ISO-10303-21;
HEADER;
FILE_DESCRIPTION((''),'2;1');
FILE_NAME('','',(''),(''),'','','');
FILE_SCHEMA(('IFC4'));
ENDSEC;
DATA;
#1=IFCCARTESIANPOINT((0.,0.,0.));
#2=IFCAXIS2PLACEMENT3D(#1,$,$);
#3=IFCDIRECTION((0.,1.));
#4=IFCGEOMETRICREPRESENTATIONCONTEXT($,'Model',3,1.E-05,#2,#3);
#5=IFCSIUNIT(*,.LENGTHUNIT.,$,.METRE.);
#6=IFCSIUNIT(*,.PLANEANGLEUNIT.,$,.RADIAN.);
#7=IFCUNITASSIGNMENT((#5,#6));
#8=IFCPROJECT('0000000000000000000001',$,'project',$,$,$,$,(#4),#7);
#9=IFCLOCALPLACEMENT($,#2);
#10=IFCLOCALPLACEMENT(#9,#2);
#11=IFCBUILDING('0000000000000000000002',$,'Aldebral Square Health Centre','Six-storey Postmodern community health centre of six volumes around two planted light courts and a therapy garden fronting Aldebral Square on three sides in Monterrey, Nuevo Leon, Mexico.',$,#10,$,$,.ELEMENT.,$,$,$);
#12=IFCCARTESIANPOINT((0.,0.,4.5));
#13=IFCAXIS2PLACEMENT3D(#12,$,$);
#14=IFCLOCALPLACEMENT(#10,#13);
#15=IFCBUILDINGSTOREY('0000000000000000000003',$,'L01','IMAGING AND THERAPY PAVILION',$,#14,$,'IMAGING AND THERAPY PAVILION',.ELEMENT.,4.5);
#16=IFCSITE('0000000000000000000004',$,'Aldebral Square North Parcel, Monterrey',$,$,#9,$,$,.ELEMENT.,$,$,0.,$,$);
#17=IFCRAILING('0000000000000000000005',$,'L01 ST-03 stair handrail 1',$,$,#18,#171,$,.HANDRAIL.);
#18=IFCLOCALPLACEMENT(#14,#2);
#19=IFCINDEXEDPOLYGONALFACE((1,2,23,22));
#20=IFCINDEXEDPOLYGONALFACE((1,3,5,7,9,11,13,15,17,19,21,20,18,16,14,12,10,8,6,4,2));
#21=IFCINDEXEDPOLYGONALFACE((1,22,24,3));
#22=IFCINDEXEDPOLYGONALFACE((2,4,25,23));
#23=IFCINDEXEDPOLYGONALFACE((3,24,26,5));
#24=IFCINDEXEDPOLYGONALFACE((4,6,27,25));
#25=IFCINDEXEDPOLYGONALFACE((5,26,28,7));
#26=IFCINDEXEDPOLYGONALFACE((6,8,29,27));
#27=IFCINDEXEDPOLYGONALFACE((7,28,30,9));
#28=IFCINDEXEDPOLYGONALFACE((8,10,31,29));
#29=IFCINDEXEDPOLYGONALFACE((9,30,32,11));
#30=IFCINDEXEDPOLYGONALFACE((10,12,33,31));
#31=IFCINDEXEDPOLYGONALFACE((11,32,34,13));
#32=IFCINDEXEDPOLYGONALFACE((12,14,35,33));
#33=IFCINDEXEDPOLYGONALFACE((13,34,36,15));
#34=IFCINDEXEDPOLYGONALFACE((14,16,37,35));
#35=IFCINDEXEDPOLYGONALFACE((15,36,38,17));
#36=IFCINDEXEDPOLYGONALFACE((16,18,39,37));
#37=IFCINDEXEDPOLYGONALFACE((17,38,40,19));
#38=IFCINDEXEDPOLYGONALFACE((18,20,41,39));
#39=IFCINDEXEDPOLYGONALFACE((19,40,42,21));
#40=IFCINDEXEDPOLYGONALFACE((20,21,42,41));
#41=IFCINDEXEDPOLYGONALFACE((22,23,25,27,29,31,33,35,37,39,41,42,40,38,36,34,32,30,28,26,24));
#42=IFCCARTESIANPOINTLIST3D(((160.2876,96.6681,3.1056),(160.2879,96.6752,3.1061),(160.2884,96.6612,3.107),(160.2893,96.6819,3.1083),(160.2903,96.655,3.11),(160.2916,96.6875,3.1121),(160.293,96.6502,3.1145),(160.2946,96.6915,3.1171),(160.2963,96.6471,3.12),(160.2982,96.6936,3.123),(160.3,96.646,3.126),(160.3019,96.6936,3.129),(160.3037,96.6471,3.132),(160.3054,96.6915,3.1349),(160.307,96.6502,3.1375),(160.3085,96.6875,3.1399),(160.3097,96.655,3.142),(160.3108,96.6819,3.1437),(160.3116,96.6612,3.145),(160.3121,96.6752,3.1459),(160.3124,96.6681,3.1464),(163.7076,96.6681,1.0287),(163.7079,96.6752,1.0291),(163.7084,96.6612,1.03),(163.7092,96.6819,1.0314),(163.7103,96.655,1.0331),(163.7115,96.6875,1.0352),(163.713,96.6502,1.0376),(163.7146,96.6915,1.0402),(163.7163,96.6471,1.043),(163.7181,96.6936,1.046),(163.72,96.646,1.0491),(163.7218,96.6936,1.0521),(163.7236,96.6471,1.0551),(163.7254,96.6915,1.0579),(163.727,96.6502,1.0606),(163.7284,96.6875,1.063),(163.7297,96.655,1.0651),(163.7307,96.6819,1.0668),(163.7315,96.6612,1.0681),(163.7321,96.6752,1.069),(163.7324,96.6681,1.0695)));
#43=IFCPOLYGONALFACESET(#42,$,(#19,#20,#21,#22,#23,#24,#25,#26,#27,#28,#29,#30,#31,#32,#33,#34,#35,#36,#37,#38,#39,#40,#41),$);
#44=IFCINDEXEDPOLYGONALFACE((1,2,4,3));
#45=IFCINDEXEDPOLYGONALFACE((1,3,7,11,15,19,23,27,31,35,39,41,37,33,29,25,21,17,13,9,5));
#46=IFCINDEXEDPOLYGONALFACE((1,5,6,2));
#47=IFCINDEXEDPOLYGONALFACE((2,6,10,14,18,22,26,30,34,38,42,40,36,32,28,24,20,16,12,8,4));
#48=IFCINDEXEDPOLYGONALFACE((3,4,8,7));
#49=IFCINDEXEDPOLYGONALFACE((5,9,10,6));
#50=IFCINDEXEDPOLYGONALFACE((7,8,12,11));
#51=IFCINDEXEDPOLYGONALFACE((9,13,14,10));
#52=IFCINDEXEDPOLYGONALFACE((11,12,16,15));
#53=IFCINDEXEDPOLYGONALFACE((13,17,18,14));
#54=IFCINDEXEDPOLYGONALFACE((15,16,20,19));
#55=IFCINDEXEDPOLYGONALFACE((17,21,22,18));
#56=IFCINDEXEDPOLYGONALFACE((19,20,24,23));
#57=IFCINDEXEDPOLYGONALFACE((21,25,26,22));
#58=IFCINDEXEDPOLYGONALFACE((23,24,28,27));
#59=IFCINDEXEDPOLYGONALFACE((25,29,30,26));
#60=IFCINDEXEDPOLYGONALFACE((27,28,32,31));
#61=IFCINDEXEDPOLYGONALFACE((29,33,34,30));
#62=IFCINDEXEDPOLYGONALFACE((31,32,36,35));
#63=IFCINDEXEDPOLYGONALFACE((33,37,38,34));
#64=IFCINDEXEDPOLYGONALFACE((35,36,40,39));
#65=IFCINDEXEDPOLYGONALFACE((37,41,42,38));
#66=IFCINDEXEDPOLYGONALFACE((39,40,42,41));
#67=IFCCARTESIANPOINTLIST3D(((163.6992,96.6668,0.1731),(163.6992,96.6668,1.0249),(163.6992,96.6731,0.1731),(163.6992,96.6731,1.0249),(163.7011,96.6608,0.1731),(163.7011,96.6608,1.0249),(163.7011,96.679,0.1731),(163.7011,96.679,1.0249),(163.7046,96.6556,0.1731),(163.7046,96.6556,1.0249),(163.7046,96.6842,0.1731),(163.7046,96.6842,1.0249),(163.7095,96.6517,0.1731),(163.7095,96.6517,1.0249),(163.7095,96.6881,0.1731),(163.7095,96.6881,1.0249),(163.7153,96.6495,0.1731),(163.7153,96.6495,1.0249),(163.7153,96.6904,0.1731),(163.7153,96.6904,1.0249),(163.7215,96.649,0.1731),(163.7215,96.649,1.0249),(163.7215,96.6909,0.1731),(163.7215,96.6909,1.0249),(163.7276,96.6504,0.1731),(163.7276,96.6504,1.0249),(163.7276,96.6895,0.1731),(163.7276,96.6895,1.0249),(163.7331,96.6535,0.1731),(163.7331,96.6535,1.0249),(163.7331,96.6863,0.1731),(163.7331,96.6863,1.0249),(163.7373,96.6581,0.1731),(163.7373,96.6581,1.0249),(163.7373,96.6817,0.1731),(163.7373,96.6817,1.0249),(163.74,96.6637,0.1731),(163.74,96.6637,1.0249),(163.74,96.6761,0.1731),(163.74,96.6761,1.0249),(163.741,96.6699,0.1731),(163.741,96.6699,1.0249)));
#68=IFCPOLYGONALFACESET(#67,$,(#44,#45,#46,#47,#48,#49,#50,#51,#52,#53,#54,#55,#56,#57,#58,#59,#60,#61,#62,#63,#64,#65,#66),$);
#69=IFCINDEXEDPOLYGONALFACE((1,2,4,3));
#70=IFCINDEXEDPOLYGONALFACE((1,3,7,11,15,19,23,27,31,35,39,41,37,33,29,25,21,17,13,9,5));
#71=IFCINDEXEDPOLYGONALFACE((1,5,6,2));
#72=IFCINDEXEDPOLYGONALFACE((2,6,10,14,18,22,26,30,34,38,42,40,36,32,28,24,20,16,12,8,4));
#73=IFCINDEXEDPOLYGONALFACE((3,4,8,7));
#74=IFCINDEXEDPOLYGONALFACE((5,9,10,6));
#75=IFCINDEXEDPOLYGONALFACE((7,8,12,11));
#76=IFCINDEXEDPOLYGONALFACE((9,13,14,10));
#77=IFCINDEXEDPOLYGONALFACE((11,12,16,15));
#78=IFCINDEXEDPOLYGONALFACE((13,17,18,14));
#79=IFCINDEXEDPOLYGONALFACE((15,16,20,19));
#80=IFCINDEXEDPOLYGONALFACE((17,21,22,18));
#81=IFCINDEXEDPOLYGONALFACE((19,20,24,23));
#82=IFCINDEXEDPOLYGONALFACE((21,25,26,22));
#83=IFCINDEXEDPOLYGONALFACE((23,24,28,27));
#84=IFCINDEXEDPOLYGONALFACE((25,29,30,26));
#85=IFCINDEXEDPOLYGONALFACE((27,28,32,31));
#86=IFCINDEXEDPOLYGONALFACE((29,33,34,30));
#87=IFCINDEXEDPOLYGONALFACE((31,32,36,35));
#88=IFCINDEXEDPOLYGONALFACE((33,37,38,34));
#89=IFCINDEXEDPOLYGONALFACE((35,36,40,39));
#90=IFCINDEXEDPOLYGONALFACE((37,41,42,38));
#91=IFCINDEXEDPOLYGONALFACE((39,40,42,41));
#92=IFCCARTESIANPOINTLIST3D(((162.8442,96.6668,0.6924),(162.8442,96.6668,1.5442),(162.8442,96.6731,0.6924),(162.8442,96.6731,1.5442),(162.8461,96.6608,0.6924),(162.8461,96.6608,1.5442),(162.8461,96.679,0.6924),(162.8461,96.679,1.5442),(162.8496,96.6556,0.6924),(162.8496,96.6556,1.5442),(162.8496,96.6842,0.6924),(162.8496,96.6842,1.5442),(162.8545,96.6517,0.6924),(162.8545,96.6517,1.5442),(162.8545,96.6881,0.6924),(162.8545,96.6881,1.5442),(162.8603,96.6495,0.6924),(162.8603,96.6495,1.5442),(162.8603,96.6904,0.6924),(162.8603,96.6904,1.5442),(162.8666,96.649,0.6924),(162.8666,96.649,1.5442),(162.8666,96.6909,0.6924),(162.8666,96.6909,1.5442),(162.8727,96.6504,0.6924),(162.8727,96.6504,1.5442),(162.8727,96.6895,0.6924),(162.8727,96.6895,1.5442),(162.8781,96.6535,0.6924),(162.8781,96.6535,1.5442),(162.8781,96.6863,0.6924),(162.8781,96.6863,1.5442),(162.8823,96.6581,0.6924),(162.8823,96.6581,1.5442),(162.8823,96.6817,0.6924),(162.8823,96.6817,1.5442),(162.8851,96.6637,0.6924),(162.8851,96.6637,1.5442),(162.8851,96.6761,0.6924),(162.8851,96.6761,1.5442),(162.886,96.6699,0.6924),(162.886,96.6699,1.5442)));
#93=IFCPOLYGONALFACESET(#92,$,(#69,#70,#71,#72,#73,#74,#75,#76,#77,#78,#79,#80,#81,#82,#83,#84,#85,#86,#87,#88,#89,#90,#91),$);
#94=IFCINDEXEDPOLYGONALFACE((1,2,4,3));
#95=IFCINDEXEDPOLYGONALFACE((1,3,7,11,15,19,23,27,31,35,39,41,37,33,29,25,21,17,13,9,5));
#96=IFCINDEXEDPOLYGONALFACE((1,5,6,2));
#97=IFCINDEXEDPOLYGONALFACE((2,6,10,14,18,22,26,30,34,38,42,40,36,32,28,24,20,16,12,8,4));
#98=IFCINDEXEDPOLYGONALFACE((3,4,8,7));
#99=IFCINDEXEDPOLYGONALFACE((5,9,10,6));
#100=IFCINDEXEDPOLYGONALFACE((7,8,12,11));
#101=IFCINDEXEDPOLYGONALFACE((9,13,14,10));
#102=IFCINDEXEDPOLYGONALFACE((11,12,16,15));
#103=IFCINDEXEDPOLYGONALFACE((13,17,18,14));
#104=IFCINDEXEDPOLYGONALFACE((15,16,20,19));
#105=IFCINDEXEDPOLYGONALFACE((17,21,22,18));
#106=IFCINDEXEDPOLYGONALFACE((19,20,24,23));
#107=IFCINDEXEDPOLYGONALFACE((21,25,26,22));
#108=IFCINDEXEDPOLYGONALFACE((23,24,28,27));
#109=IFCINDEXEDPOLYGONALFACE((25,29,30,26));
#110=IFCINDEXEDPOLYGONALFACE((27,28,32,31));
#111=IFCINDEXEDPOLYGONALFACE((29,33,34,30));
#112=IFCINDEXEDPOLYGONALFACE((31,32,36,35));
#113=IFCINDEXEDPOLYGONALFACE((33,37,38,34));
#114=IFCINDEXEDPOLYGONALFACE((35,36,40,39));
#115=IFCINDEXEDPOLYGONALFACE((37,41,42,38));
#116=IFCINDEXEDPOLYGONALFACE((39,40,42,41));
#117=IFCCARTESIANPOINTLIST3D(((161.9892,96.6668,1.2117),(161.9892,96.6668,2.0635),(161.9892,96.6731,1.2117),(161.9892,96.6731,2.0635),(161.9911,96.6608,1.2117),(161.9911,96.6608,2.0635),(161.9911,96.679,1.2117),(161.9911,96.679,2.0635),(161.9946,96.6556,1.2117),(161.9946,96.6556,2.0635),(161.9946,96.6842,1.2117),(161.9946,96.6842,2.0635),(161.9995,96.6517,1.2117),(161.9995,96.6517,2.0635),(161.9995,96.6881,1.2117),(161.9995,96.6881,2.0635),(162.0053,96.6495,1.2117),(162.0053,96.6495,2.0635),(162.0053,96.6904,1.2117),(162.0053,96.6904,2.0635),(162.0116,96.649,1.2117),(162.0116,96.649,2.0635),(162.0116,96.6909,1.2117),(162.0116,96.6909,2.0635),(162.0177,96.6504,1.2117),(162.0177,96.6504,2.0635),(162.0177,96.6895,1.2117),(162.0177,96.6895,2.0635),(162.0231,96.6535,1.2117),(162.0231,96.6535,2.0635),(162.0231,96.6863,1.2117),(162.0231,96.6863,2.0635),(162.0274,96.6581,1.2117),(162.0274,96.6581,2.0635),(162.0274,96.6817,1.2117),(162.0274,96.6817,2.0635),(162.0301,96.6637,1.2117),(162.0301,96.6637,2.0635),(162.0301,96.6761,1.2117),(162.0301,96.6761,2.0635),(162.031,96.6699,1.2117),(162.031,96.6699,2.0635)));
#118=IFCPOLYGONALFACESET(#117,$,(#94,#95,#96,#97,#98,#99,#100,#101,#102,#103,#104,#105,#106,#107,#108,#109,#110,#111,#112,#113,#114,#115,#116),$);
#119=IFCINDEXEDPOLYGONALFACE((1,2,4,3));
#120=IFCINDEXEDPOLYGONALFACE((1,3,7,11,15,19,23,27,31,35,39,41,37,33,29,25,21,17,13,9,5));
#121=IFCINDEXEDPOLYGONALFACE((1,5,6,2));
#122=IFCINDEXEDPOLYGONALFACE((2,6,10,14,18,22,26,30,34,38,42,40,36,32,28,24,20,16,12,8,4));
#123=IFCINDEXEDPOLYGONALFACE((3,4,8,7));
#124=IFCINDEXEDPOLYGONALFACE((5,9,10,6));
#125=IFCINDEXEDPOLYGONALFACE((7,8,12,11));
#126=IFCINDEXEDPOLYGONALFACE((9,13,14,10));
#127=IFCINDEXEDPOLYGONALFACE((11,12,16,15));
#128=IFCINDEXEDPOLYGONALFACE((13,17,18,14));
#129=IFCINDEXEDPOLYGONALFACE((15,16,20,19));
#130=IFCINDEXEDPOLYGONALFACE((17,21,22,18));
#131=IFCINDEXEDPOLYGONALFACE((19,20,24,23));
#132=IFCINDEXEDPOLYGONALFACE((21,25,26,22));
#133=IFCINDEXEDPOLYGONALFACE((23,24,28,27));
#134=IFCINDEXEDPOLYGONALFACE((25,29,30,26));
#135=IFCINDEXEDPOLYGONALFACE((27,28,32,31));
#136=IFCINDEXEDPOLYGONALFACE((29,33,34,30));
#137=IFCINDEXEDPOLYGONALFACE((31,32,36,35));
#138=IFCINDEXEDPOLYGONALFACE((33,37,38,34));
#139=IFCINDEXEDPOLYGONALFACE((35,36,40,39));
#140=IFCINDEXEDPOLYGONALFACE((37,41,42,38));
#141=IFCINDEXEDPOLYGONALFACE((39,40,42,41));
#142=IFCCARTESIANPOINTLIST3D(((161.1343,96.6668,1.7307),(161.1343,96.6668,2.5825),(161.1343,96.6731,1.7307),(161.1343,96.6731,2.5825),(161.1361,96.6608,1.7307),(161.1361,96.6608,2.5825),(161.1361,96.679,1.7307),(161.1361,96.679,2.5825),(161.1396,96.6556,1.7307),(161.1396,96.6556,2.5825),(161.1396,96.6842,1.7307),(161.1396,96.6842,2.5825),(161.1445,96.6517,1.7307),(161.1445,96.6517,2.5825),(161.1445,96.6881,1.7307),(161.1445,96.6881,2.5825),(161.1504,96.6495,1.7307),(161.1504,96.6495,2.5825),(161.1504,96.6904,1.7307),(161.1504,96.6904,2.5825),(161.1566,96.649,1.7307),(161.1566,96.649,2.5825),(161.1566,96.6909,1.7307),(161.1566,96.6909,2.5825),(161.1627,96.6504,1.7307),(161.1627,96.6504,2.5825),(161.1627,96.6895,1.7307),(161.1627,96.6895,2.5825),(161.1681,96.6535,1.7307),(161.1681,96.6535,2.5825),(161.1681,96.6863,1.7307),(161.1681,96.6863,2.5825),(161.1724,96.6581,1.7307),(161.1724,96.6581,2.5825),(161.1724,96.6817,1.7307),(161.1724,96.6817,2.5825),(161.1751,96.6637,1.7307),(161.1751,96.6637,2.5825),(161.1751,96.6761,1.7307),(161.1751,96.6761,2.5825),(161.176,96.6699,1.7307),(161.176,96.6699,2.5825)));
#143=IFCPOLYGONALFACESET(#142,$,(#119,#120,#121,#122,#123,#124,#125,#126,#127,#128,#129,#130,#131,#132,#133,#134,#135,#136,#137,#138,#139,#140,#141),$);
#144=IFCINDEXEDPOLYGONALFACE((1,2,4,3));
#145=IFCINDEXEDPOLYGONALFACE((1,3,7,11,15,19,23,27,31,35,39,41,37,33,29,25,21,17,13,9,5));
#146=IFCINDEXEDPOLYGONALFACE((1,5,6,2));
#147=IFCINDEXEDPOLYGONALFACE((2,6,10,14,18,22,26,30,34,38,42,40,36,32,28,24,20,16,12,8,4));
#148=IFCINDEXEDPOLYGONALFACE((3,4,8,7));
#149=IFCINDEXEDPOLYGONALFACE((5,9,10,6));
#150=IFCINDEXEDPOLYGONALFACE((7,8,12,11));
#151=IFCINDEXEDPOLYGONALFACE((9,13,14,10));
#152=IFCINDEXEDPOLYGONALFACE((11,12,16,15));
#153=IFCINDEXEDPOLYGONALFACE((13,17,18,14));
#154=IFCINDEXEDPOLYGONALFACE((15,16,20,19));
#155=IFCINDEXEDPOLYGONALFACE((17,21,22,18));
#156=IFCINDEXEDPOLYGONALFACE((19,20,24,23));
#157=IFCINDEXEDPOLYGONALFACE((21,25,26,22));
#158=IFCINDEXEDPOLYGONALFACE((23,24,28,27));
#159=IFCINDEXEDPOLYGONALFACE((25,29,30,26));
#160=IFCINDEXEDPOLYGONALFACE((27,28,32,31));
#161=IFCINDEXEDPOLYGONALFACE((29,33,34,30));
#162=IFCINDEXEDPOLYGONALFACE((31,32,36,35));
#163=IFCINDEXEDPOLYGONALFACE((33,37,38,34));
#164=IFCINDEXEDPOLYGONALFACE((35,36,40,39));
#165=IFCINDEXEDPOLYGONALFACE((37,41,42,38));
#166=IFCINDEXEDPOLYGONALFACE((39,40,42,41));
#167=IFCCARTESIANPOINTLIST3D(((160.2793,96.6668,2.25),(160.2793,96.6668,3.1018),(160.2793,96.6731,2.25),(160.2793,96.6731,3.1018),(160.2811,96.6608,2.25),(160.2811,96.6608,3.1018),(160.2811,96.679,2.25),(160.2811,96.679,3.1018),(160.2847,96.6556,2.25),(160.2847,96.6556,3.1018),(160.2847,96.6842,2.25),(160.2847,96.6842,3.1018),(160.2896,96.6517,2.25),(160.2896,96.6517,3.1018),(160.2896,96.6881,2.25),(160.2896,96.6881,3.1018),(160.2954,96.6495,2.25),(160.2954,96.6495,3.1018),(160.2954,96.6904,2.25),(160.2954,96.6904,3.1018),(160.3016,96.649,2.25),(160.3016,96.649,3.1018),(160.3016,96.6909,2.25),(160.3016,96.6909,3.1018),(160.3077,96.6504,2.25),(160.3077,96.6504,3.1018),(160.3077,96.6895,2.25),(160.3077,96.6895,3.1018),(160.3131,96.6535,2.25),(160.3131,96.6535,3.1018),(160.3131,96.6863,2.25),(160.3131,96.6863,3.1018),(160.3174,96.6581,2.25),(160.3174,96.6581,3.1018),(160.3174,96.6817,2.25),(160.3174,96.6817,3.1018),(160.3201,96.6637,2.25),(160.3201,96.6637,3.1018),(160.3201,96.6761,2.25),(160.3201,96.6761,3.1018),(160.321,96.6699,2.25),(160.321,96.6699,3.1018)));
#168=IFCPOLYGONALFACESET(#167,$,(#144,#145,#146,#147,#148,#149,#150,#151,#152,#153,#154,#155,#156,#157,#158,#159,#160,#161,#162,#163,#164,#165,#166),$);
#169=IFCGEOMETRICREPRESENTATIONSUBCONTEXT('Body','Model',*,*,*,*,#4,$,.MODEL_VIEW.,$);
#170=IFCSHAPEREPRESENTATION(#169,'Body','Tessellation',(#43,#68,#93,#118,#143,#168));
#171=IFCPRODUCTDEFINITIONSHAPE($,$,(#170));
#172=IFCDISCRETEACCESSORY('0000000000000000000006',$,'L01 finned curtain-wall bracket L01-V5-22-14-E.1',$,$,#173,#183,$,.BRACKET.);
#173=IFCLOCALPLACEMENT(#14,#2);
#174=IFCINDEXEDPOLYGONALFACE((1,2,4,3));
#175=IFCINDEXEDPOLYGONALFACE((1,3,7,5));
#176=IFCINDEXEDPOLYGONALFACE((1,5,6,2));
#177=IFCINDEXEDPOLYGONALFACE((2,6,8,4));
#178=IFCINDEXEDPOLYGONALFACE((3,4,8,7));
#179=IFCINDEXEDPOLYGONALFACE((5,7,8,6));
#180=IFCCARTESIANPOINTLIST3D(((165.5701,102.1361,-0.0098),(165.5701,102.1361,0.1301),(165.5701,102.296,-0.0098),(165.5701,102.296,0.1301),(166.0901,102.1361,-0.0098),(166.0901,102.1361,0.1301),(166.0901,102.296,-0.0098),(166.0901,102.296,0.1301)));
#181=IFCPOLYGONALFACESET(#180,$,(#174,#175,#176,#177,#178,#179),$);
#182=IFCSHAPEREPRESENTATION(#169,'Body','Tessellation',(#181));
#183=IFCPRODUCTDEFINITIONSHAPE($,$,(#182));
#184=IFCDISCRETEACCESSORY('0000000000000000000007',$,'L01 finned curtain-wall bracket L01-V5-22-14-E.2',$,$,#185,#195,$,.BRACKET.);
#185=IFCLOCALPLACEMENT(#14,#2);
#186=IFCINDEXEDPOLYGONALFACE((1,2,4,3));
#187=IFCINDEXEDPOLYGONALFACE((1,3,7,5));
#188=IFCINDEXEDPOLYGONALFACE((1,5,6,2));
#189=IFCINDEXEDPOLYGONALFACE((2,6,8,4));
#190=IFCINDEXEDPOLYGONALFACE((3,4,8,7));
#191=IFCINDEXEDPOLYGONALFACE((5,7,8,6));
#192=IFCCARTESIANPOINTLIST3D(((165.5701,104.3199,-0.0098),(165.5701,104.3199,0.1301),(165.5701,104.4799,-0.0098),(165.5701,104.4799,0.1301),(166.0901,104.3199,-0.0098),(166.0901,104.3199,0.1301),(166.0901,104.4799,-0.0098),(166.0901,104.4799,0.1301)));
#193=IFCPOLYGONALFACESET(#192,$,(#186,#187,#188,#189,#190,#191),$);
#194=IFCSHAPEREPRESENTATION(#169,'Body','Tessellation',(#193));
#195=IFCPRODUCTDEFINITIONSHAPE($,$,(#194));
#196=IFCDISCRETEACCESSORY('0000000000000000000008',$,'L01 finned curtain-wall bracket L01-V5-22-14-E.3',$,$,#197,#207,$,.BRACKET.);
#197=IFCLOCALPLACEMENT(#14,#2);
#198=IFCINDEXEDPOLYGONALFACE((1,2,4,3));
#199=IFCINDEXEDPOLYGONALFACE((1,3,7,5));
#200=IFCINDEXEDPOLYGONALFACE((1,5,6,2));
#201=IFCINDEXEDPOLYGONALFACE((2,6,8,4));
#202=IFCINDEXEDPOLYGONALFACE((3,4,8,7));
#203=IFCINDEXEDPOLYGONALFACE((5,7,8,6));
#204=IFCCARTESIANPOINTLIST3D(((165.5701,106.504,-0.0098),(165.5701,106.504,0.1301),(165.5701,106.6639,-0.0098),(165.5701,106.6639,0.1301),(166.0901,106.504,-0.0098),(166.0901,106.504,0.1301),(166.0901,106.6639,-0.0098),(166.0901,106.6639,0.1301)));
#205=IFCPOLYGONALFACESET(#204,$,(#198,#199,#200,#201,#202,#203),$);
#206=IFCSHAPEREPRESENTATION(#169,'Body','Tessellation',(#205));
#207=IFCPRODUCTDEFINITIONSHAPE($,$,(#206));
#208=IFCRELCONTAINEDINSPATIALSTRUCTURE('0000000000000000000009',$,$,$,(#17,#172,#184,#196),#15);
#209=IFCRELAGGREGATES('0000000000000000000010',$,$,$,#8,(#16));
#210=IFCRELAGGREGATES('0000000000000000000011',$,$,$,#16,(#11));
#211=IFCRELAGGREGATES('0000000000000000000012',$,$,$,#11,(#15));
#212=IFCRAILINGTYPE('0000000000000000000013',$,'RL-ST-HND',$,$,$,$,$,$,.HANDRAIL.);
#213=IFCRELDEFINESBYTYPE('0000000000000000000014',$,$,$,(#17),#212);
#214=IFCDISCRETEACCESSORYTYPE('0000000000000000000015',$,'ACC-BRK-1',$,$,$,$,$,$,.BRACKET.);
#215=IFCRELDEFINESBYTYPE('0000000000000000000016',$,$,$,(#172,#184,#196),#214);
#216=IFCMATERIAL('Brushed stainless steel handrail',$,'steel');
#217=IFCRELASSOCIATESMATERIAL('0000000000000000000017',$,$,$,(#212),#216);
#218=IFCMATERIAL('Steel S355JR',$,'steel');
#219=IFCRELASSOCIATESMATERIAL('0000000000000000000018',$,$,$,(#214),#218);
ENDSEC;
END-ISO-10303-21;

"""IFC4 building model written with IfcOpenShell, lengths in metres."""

from ifc_helpers import new_model, si_unit, direction, frame, origin, origin_2d, place, context, subcontext, project, spatial, rectangle, circle, extrude, material, type_object, element, save


model = new_model("IFC4")

# Units and contexts
model_context = context("Model", 3, precision=1e-05, world=origin(), true_north=direction((0.0, 1.0)))
body_context = subcontext(model_context, "Body", "Model", "MODEL_VIEW")
ifc_project = project(units=[si_unit("LENGTHUNIT", "METRE"), si_unit("PLANEANGLEUNIT", "RADIAN")], contexts=[model_context])

# Site, building, storey
site_placement = place(None, origin())
site = spatial("IfcSite", under=ifc_project, at=site_placement, Name="Aldebral Square North Parcel, Monterrey", CompositionType="ELEMENT", RefElevation=0.0)
building_placement = place(site_placement, origin())
building = spatial("IfcBuilding", under=site, at=building_placement, Name="Aldebral Square Health Centre", Description="Six-storey Postmodern community health centre of six volumes around two planted light courts and a therapy garden fronting Aldebral Square on three sides in Monterrey, Nuevo Leon, Mexico.", CompositionType="ELEMENT")
storey_placement = place(building_placement, frame((0.0, 0.0, 4.5)))
storey = spatial("IfcBuildingStorey", under=building, at=storey_placement, Name="L01", Description="IMAGING AND THERAPY PAVILION", LongName="IMAGING AND THERAPY PAVILION", CompositionType="ELEMENT", Elevation=4.5)

# Railing
ifc_material_1 = material(Name="Brushed stainless steel handrail", Category="steel")
railing_type_1 = type_object("IfcRailingType", Name="RL-ST-HND", PredefinedType="HANDRAIL", material=ifc_material_1)
railing_1_placement = place(storey_placement, frame((163.72, 96.6699, 0.1731)))
element("IfcRailing", 1, at=railing_1_placement, inside=storey, type_object=railing_type_1, Name="L01 ST-03 stair handrail 1", PredefinedType="HANDRAIL", context=body_context, shape_type="SweptSolid", body=[
    extrude(circle(Radius=0.0239, at=origin_2d()), frame((0.0, 0.0, 0.876), z_axis=(-0.85473, 0.0, 0.519074), x_axis=(0.0, -1.0, 0.0)), (0.0, 0.0, 1.0), 4.0012),
    extrude(circle(Radius=0.021, at=origin_2d()), origin(), (0.0, 0.0, 1.0), 0.8518),
    extrude(circle(Radius=0.021, at=origin_2d()), frame((-0.855, 0.0, 0.5193)), (0.0, 0.0, 1.0), 0.8518),
    extrude(circle(Radius=0.021, at=origin_2d()), frame((-1.71, 0.0, 1.0386)), (0.0, 0.0, 1.0), 0.8518),
    extrude(circle(Radius=0.021, at=origin_2d()), frame((-2.5649, 0.0, 1.5576)), (0.0, 0.0, 1.0), 0.8518),
    extrude(circle(Radius=0.021, at=origin_2d()), frame((-3.4199, 0.0, 2.0769)), (0.0, 0.0, 1.0), 0.8518),
])

# Discrete accessories
ifc_material_2 = material(Name="Steel S355JR", Category="steel")
discrete_accessory_type = type_object("IfcDiscreteAccessoryType", Name="ACC-BRK-1", PredefinedType="BRACKET", material=ifc_material_2)
for number, where, z_axis, x_axis, name in (
    (2, (165.8301, 102.2161, -0.0098), (0.0, 0.0, 1.0), (0.0, 1.0, 0.0), "L01 finned curtain-wall bracket L01-V5-22-14-E.1"),
    (3, (165.8301, 104.3999, -0.0098), (0.0, 0.0, 1.0), (0.0, 1.0, 0.0), "L01 finned curtain-wall bracket L01-V5-22-14-E.2"),
    (4, (165.8301, 106.584, -0.0098), (0.0, 0.0, 1.0), (0.0, 1.0, 0.0), "L01 finned curtain-wall bracket L01-V5-22-14-E.3"),
):
    element("IfcDiscreteAccessory", number, at=place(storey_placement, frame(where, z_axis=z_axis, x_axis=x_axis)), inside=storey, type_object=discrete_accessory_type, Name=name, PredefinedType="BRACKET", context=body_context, shape_type="SweptSolid", body=[
        extrude(rectangle(XDim=0.1599, YDim=0.52, at=origin_2d()), origin(), (0.0, 0.0, 1.0), 0.1399),
    ])

save(model, "model.ifc")
